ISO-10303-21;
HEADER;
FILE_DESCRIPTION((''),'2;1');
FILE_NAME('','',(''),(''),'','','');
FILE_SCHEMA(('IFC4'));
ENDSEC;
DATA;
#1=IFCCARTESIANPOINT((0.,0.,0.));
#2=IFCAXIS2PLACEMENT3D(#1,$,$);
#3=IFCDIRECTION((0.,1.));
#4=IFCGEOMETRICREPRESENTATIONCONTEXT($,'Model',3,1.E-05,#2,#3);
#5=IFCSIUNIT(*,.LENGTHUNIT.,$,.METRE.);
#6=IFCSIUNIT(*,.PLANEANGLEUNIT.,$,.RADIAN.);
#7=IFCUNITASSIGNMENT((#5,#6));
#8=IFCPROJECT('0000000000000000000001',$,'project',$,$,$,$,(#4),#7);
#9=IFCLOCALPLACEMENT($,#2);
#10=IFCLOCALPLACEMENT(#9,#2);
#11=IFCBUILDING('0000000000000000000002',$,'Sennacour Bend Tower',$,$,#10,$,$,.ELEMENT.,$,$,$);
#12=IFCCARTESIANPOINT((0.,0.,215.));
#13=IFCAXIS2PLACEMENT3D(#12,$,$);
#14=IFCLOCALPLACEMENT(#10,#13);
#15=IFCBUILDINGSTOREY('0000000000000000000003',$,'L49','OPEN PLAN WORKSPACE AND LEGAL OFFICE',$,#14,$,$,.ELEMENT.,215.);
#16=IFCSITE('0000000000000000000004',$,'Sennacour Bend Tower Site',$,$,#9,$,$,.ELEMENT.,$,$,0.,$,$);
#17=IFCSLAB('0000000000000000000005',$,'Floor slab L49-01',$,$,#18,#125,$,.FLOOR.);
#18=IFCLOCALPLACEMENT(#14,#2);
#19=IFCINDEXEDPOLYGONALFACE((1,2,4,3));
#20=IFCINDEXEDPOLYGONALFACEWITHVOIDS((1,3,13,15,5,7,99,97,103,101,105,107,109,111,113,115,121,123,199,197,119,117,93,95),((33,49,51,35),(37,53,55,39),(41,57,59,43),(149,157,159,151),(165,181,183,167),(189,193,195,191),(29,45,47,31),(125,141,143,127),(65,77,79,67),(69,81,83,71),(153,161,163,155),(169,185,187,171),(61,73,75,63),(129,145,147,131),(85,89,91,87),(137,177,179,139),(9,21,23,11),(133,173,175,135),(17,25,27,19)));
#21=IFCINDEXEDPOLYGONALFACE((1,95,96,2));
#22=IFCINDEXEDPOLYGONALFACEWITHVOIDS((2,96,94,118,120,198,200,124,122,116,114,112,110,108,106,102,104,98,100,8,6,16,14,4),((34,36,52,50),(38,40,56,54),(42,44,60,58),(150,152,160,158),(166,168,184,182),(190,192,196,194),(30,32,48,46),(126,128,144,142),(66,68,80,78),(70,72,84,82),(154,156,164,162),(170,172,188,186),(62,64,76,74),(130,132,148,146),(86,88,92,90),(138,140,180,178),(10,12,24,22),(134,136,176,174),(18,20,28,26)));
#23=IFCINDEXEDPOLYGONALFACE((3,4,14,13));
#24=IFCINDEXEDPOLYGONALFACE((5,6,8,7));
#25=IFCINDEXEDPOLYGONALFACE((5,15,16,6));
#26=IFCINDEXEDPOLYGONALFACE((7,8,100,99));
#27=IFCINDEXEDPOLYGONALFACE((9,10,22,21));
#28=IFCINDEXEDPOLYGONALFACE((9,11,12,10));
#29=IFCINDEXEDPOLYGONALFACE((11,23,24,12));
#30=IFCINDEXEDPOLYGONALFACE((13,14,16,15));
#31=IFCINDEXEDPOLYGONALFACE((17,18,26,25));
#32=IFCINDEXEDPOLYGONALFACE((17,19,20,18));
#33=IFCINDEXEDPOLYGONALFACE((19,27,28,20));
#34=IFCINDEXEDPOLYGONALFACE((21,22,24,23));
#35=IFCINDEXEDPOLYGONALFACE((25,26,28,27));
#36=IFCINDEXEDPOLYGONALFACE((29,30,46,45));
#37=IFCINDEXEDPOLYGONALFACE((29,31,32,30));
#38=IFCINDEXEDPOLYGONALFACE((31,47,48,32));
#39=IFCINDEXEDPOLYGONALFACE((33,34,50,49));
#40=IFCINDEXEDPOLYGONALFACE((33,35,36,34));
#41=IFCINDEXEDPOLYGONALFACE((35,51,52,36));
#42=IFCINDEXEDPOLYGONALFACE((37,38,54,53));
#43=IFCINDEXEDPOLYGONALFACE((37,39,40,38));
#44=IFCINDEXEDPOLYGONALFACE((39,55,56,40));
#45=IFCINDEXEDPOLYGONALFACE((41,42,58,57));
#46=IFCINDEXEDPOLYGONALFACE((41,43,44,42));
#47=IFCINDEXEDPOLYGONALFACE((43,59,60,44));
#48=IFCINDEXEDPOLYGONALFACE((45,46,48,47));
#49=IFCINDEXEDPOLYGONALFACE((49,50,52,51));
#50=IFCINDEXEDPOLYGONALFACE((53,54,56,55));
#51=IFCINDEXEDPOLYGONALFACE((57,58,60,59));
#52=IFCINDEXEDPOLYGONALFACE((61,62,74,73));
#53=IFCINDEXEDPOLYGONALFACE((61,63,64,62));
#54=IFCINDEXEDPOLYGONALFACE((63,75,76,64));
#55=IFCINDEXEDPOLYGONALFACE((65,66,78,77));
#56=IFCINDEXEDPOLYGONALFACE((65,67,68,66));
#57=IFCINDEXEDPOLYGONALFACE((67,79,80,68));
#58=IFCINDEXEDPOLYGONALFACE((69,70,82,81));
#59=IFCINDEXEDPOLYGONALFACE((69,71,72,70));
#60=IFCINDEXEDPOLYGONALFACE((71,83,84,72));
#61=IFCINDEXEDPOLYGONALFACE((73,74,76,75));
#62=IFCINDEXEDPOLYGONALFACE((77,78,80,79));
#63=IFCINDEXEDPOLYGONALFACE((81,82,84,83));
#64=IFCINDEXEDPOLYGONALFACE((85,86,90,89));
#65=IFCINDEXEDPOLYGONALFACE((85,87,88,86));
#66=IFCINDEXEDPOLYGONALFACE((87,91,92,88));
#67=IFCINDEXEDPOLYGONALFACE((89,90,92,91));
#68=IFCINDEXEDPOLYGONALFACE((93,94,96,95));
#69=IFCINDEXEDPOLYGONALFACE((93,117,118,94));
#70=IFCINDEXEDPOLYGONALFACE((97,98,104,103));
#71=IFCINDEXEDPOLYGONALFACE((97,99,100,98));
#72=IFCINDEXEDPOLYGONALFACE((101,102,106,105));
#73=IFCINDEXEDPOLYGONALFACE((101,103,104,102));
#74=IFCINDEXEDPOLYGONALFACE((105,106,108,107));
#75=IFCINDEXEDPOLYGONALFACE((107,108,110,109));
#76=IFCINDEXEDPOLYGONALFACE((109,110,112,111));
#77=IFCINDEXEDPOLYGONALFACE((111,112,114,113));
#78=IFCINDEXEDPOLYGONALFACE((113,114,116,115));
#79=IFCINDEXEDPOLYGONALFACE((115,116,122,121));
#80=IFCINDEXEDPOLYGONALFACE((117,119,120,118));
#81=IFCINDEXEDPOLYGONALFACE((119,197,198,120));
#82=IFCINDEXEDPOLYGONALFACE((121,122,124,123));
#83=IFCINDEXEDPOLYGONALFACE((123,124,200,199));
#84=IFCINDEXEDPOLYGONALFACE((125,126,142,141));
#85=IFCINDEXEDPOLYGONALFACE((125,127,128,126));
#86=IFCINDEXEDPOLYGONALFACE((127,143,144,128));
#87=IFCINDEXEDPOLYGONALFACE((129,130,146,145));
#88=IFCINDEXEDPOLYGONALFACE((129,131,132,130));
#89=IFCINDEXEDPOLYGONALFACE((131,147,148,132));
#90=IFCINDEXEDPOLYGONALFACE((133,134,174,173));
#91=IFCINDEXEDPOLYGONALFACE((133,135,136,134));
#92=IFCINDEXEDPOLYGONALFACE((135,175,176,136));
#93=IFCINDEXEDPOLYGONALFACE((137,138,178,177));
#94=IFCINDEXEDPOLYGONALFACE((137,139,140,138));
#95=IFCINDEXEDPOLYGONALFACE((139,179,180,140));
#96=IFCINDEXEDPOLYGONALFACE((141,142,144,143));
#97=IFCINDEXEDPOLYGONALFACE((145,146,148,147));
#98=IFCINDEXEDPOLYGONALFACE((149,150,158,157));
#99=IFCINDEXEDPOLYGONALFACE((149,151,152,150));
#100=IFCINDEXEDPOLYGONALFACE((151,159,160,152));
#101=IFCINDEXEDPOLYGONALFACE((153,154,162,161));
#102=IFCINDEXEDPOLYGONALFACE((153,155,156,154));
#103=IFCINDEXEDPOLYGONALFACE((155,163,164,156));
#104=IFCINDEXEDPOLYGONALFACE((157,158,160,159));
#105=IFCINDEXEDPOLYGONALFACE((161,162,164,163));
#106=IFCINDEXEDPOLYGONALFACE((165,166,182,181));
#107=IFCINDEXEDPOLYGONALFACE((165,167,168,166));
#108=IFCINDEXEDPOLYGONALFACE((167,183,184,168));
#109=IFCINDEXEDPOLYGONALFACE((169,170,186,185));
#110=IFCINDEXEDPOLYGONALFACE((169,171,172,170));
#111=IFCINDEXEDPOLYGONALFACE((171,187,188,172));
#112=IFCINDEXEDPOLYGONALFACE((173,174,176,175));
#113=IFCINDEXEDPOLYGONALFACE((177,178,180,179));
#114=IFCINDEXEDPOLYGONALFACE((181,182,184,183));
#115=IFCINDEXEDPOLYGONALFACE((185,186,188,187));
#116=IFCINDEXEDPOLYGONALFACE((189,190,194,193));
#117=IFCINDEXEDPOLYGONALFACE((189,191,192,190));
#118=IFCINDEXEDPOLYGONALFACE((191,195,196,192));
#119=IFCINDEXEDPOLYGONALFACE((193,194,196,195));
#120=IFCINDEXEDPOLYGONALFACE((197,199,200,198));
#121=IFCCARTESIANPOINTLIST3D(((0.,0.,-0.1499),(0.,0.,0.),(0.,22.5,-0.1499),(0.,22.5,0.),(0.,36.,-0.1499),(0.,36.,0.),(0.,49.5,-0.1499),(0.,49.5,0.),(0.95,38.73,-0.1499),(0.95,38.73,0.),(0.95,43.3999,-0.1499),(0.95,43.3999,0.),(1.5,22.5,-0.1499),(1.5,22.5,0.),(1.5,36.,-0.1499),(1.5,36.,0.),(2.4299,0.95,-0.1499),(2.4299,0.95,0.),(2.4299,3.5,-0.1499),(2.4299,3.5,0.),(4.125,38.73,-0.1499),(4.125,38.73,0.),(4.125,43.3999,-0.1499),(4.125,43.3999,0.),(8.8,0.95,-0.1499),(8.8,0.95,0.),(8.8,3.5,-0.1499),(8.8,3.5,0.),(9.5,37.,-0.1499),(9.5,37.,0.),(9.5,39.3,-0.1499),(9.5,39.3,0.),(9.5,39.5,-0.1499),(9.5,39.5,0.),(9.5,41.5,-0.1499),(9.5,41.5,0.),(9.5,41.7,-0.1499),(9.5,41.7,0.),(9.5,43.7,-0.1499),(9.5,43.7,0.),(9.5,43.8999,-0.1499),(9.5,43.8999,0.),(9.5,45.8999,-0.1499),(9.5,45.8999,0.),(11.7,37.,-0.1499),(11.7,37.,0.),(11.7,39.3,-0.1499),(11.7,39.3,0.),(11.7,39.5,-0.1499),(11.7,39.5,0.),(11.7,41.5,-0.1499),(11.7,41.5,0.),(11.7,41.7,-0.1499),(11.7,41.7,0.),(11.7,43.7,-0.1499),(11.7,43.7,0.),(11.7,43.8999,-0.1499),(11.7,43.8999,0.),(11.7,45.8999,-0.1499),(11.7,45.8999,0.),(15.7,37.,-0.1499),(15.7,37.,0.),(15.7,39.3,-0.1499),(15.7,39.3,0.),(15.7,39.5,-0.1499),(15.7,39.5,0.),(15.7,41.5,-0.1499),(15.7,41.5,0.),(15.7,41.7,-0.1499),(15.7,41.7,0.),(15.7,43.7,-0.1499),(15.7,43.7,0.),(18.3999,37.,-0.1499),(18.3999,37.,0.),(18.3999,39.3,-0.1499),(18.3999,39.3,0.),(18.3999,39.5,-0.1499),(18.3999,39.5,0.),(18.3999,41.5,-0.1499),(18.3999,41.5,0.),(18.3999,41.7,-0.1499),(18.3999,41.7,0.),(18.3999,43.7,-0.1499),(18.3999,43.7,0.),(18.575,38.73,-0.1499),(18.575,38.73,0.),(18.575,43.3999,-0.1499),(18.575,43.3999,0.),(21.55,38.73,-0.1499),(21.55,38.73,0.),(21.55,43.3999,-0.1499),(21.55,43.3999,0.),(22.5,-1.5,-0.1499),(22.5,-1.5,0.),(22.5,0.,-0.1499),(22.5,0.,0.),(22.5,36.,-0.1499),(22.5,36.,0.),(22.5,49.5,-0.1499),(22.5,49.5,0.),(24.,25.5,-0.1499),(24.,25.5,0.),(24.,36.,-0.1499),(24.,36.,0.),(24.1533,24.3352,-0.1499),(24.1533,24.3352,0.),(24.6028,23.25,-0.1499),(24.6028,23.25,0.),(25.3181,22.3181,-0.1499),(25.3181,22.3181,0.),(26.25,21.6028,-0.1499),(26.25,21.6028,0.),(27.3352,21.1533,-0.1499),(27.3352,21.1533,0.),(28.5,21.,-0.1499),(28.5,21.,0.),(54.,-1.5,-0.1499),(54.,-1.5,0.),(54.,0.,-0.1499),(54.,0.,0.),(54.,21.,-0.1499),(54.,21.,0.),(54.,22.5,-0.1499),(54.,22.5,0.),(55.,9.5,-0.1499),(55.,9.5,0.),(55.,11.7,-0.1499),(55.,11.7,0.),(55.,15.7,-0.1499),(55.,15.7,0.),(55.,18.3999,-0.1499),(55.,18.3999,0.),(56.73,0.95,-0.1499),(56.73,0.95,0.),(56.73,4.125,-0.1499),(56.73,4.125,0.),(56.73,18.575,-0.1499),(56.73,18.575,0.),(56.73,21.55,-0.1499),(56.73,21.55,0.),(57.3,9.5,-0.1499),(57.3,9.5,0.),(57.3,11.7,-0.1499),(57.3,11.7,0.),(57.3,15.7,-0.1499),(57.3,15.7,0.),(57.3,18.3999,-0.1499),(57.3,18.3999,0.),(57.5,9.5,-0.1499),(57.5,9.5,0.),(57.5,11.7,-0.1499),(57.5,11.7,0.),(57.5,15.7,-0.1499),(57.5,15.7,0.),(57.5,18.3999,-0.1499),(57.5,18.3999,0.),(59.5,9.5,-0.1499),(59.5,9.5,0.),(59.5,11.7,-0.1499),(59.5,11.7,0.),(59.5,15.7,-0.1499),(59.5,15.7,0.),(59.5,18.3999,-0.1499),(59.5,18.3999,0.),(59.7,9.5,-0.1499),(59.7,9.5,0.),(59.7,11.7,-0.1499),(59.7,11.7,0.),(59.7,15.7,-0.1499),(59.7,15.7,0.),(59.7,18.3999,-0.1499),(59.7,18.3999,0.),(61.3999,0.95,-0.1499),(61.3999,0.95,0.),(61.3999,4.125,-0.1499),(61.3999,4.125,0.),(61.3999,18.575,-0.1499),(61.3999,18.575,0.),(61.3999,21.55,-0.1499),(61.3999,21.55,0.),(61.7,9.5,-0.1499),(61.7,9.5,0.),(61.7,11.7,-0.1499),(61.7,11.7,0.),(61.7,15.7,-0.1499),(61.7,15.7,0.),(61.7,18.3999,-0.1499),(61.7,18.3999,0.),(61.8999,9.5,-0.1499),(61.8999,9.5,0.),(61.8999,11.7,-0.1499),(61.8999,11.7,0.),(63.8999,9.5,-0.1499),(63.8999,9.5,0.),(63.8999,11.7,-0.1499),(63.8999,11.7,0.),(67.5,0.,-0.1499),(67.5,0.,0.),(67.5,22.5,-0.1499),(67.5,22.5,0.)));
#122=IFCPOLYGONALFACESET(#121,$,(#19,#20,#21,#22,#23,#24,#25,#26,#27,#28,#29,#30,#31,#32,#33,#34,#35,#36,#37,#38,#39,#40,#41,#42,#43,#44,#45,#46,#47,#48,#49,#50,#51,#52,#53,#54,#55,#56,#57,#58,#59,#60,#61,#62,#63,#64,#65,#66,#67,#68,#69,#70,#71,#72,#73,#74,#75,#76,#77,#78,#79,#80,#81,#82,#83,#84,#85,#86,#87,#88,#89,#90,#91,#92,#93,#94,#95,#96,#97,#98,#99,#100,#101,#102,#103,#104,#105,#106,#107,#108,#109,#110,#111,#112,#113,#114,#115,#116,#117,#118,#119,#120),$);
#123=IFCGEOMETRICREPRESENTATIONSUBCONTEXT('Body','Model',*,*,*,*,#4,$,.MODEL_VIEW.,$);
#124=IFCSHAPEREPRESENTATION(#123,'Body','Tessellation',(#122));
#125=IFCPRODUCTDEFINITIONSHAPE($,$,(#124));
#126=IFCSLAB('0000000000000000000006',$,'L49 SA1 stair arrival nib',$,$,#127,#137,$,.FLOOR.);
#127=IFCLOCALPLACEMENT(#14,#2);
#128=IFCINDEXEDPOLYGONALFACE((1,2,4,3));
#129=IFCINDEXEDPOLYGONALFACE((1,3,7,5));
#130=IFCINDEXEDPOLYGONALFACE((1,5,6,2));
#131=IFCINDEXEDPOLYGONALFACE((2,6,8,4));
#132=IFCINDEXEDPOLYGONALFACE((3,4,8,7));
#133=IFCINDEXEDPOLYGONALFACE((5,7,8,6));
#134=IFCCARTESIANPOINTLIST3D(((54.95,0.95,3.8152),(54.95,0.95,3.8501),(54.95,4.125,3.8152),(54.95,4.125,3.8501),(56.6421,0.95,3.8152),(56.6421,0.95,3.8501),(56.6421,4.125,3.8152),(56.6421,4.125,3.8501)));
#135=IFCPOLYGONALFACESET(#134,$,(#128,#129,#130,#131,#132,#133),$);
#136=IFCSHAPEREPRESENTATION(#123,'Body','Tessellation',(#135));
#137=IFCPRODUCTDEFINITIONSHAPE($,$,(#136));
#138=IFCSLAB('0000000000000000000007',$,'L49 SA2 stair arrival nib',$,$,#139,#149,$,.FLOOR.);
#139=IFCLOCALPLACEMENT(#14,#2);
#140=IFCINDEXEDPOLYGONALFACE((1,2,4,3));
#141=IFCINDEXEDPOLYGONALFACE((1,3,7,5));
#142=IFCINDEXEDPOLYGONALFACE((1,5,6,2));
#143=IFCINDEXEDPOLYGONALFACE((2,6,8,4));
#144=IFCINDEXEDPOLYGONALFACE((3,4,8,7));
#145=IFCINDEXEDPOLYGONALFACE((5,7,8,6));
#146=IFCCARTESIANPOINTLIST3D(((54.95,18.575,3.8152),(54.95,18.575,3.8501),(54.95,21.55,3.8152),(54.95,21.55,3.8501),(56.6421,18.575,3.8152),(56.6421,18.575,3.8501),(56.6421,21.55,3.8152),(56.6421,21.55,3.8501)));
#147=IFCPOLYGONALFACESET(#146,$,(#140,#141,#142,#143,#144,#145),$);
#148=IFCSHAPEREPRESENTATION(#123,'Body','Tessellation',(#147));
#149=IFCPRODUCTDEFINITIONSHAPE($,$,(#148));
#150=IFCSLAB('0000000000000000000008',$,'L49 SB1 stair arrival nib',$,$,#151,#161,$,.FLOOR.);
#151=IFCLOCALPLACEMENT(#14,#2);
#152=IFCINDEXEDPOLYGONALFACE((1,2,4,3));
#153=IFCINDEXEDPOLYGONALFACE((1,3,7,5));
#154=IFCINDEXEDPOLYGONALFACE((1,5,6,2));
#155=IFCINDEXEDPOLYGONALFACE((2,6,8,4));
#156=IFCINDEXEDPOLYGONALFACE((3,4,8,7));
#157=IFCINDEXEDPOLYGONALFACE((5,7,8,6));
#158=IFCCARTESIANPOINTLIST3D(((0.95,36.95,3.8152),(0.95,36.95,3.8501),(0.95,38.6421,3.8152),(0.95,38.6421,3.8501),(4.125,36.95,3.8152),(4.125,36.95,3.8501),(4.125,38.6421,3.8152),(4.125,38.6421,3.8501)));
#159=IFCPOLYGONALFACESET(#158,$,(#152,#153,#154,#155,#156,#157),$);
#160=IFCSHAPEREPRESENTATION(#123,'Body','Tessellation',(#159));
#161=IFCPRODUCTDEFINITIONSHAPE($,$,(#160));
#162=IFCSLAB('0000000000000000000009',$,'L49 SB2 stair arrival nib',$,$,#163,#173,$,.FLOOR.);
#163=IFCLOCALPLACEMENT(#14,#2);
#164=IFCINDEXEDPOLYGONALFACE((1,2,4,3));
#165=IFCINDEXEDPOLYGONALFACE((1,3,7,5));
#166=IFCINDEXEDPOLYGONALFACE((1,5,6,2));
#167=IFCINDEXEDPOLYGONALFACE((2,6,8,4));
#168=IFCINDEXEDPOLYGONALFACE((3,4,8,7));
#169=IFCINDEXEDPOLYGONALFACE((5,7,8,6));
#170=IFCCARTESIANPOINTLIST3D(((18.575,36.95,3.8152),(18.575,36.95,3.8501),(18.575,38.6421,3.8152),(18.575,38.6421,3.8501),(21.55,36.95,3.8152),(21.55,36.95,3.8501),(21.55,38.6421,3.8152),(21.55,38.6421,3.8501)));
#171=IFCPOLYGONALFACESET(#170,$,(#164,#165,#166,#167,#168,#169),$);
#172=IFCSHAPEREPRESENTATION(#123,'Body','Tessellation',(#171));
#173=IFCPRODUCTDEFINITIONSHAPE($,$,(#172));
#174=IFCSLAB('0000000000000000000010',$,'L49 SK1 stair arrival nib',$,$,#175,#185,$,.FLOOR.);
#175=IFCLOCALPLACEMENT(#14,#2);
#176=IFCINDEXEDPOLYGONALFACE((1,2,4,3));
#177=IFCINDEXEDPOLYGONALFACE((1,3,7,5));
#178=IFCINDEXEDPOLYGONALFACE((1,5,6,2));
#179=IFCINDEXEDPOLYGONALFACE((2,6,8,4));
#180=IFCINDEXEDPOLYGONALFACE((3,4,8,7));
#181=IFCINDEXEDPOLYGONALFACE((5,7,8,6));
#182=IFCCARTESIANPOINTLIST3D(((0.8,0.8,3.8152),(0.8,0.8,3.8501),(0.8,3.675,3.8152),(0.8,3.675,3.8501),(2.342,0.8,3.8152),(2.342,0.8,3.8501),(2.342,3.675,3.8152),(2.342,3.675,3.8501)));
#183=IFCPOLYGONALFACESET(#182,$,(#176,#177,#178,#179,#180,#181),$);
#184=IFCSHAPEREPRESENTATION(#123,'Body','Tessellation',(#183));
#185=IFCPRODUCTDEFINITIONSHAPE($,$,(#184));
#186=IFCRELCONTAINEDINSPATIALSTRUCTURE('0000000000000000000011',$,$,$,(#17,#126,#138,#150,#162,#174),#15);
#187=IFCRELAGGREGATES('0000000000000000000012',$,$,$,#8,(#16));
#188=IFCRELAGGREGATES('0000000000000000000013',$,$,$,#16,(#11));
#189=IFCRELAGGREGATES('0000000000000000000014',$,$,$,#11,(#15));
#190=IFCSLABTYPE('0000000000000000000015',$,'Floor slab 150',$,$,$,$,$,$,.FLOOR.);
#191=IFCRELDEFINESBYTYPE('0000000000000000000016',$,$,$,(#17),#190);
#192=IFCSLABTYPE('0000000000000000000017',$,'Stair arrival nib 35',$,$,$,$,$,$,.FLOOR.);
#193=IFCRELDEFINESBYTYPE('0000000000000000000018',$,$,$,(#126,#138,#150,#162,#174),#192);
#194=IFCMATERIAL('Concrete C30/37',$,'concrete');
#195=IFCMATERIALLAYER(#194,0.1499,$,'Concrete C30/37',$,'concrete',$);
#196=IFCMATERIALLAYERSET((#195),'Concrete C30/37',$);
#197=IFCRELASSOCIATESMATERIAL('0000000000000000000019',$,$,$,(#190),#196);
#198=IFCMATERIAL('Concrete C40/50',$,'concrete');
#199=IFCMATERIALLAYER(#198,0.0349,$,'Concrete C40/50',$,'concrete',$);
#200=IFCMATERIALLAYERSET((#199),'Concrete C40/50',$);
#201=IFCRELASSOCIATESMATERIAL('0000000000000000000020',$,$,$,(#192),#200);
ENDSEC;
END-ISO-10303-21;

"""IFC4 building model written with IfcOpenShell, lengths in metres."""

from ifc_helpers import new_model, si_unit, direction, frame, origin, place, context, subcontext, project, spatial, polyline, outline, extrude, material, layer, layer_set, type_object, element, save


model = new_model("IFC4")

# Units and contexts
model_context = context("Model", 3, precision=1e-05, world=origin(), true_north=direction((0.0, 1.0)))
body_context = subcontext(model_context, "Body", "Model", "MODEL_VIEW")
ifc_project = project(units=[si_unit("LENGTHUNIT", "METRE"), si_unit("PLANEANGLEUNIT", "RADIAN")], contexts=[model_context])

# Site, building, storey
site_placement = place(None, origin())
site = spatial("IfcSite", under=ifc_project, at=site_placement, Name="Sennacour Bend Tower Site", CompositionType="ELEMENT", RefElevation=0.0)
building_placement = place(site_placement, origin())
building = spatial("IfcBuilding", under=site, at=building_placement, Name="Sennacour Bend Tower", CompositionType="ELEMENT")
storey_placement = place(building_placement, frame((0.0, 0.0, 215.0)))
storey = spatial("IfcBuildingStorey", under=building, at=storey_placement, Name="L49", Description="OPEN PLAN WORKSPACE AND LEGAL OFFICE", CompositionType="ELEMENT", Elevation=215.0)

# Slabs
ifc_material_1 = material(Name="Concrete C30/37", Category="concrete")
ifc_layer_1 = layer(ifc_material_1, 0.1499, Name="Concrete C30/37", Category="concrete")
ifc_layer_set_1 = layer_set([ifc_layer_1], Name="Concrete C30/37")
slab_type_1 = type_object("IfcSlabType", Name="Floor slab 150", PredefinedType="FLOOR", material=ifc_layer_set_1)
slab_1_placement = place(storey_placement, frame((0.0, 0.0, -0.1499)))
element("IfcSlab", 1, at=slab_1_placement, inside=storey, type_object=slab_type_1, Name="Floor slab L49-01", PredefinedType="FLOOR", context=body_context, shape_type="SweptSolid", body=[
    extrude(outline(polyline([(22.5, 0.0), (0.0, 0.0), (0.0, 22.5), (1.5, 22.5), (1.5, 36.0), (0.0, 36.0), (0.0, 49.5), (22.5, 49.5), (22.5, 36.0), (24.0, 36.0), (24.0, 25.5), (24.1533, 24.3352), (24.6028, 23.25), (25.3181, 22.3181), (26.25, 21.6028), (27.3352, 21.1533), (28.5, 21.0), (54.0, 21.0), (54.0, 22.5), (67.5, 22.5), (67.5, 0.0), (54.0, 0.0), (54.0, -1.5), (22.5, -1.5), (22.5, 0.0)]), holes=[polyline([(8.8, 0.95), (8.8, 3.5), (2.4299, 3.5), (2.4299, 0.95), (8.8, 0.95)]), polyline([(11.7, 37.0), (11.7, 39.3), (9.5, 39.3), (9.5, 37.0), (11.7, 37.0)]), polyline([(18.3999, 37.0), (18.3999, 39.3), (15.7, 39.3), (15.7, 37.0), (18.3999, 37.0)]), polyline([(11.7, 39.5), (11.7, 41.5), (9.5, 41.5), (9.5, 39.5), (11.7, 39.5)]), polyline([(18.3999, 39.5), (18.3999, 41.5), (15.7, 41.5), (15.7, 39.5), (18.3999, 39.5)]), polyline([(4.125, 38.73), (4.125, 43.3999), (0.95, 43.3999), (0.95, 38.73), (4.125, 38.73)]), polyline([(21.55, 38.73), (21.55, 43.3999), (18.575, 43.3999), (18.575, 38.73), (21.55, 38.73)]), polyline([(9.5, 41.7), (11.7, 41.7), (11.7, 43.7), (9.5, 43.7), (9.5, 41.7)]), polyline([(15.7, 41.7), (18.3999, 41.7), (18.3999, 43.7), (15.7, 43.7), (15.7, 41.7)]), polyline([(11.7, 43.8999), (11.7, 45.8999), (9.5, 45.8999), (9.5, 43.8999), (11.7, 43.8999)]), polyline([(61.3999, 0.95), (61.3999, 4.125), (56.73, 4.125), (56.73, 0.95), (61.3999, 0.95)]), polyline([(57.3, 9.5), (57.3, 11.7), (55.0, 11.7), (55.0, 9.5), (57.3, 9.5)]), polyline([(57.5, 9.5), (59.5, 9.5), (59.5, 11.7), (57.5, 11.7), (57.5, 9.5)]), polyline([(59.7, 9.5), (61.7, 9.5), (61.7, 11.7), (59.7, 11.7), (59.7, 9.5)]), polyline([(63.8999, 9.5), (63.8999, 11.7), (61.8999, 11.7), (61.8999, 9.5), (63.8999, 9.5)]), polyline([(57.3, 15.7), (57.3, 18.3999), (55.0, 18.3999), (55.0, 15.7), (57.3, 15.7)]), polyline([(59.5, 15.7), (59.5, 18.3999), (57.5, 18.3999), (57.5, 15.7), (59.5, 15.7)]), polyline([(59.7, 15.7), (61.7, 15.7), (61.7, 18.3999), (59.7, 18.3999), (59.7, 15.7)]), polyline([(56.73, 18.575), (61.3999, 18.575), (61.3999, 21.55), (56.73, 21.55), (56.73, 18.575)])]), origin(), (0.0, 0.0, 1.0), 0.1499),
])
ifc_material_2 = material(Name="Concrete C40/50", Category="concrete")
ifc_layer_2 = layer(ifc_material_2, 0.0349, Name="Concrete C40/50", Category="concrete")
ifc_layer_set_2 = layer_set([ifc_layer_2], Name="Concrete C40/50")
slab_type_2 = type_object("IfcSlabType", Name="Stair arrival nib 35", PredefinedType="FLOOR", material=ifc_layer_set_2)
slab_2_placement = place(storey_placement, frame((0.0, 0.0, 3.8152)))
element("IfcSlab", 2, at=slab_2_placement, inside=storey, type_object=slab_type_2, Name="L49 SA1 stair arrival nib", PredefinedType="FLOOR", context=body_context, shape_type="SweptSolid", body=[
    extrude(outline(polyline([(56.6421, 4.125), (54.95, 4.125), (54.95, 0.95), (56.6421, 0.95), (56.6421, 4.125)])), origin(), (0.0, 0.0, 1.0), 0.0349),
])
slab_3_placement = place(storey_placement, frame((0.0, 0.0, 3.8152)))
element("IfcSlab", 3, at=slab_3_placement, inside=storey, type_object=slab_type_2, Name="L49 SA2 stair arrival nib", PredefinedType="FLOOR", context=body_context, shape_type="SweptSolid", body=[
    extrude(outline(polyline([(56.6421, 21.55), (54.95, 21.55), (54.95, 18.575), (56.6421, 18.575), (56.6421, 21.55)])), origin(), (0.0, 0.0, 1.0), 0.0349),
])
slab_4_placement = place(storey_placement, frame((0.0, 0.0, 3.8152)))
element("IfcSlab", 4, at=slab_4_placement, inside=storey, type_object=slab_type_2, Name="L49 SB1 stair arrival nib", PredefinedType="FLOOR", context=body_context, shape_type="SweptSolid", body=[
    extrude(outline(polyline([(0.95, 38.6421), (0.95, 36.95), (4.125, 36.95), (4.125, 38.6421), (0.95, 38.6421)])), origin(), (0.0, 0.0, 1.0), 0.0349),
])
slab_5_placement = place(storey_placement, frame((0.0, 0.0, 3.8152)))
element("IfcSlab", 5, at=slab_5_placement, inside=storey, type_object=slab_type_2, Name="L49 SB2 stair arrival nib", PredefinedType="FLOOR", context=body_context, shape_type="SweptSolid", body=[
    extrude(outline(polyline([(18.575, 38.6421), (18.575, 36.95), (21.55, 36.95), (21.55, 38.6421), (18.575, 38.6421)])), origin(), (0.0, 0.0, 1.0), 0.0349),
])
slab_6_placement = place(storey_placement, frame((0.0, 0.0, 3.8152)))
element("IfcSlab", 6, at=slab_6_placement, inside=storey, type_object=slab_type_2, Name="L49 SK1 stair arrival nib", PredefinedType="FLOOR", context=body_context, shape_type="SweptSolid", body=[
    extrude(outline(polyline([(2.342, 3.675), (0.8, 3.675), (0.8, 0.8), (2.342, 0.8), (2.342, 3.675)])), origin(), (0.0, 0.0, 1.0), 0.0349),
])

save(model, "model.ifc")
